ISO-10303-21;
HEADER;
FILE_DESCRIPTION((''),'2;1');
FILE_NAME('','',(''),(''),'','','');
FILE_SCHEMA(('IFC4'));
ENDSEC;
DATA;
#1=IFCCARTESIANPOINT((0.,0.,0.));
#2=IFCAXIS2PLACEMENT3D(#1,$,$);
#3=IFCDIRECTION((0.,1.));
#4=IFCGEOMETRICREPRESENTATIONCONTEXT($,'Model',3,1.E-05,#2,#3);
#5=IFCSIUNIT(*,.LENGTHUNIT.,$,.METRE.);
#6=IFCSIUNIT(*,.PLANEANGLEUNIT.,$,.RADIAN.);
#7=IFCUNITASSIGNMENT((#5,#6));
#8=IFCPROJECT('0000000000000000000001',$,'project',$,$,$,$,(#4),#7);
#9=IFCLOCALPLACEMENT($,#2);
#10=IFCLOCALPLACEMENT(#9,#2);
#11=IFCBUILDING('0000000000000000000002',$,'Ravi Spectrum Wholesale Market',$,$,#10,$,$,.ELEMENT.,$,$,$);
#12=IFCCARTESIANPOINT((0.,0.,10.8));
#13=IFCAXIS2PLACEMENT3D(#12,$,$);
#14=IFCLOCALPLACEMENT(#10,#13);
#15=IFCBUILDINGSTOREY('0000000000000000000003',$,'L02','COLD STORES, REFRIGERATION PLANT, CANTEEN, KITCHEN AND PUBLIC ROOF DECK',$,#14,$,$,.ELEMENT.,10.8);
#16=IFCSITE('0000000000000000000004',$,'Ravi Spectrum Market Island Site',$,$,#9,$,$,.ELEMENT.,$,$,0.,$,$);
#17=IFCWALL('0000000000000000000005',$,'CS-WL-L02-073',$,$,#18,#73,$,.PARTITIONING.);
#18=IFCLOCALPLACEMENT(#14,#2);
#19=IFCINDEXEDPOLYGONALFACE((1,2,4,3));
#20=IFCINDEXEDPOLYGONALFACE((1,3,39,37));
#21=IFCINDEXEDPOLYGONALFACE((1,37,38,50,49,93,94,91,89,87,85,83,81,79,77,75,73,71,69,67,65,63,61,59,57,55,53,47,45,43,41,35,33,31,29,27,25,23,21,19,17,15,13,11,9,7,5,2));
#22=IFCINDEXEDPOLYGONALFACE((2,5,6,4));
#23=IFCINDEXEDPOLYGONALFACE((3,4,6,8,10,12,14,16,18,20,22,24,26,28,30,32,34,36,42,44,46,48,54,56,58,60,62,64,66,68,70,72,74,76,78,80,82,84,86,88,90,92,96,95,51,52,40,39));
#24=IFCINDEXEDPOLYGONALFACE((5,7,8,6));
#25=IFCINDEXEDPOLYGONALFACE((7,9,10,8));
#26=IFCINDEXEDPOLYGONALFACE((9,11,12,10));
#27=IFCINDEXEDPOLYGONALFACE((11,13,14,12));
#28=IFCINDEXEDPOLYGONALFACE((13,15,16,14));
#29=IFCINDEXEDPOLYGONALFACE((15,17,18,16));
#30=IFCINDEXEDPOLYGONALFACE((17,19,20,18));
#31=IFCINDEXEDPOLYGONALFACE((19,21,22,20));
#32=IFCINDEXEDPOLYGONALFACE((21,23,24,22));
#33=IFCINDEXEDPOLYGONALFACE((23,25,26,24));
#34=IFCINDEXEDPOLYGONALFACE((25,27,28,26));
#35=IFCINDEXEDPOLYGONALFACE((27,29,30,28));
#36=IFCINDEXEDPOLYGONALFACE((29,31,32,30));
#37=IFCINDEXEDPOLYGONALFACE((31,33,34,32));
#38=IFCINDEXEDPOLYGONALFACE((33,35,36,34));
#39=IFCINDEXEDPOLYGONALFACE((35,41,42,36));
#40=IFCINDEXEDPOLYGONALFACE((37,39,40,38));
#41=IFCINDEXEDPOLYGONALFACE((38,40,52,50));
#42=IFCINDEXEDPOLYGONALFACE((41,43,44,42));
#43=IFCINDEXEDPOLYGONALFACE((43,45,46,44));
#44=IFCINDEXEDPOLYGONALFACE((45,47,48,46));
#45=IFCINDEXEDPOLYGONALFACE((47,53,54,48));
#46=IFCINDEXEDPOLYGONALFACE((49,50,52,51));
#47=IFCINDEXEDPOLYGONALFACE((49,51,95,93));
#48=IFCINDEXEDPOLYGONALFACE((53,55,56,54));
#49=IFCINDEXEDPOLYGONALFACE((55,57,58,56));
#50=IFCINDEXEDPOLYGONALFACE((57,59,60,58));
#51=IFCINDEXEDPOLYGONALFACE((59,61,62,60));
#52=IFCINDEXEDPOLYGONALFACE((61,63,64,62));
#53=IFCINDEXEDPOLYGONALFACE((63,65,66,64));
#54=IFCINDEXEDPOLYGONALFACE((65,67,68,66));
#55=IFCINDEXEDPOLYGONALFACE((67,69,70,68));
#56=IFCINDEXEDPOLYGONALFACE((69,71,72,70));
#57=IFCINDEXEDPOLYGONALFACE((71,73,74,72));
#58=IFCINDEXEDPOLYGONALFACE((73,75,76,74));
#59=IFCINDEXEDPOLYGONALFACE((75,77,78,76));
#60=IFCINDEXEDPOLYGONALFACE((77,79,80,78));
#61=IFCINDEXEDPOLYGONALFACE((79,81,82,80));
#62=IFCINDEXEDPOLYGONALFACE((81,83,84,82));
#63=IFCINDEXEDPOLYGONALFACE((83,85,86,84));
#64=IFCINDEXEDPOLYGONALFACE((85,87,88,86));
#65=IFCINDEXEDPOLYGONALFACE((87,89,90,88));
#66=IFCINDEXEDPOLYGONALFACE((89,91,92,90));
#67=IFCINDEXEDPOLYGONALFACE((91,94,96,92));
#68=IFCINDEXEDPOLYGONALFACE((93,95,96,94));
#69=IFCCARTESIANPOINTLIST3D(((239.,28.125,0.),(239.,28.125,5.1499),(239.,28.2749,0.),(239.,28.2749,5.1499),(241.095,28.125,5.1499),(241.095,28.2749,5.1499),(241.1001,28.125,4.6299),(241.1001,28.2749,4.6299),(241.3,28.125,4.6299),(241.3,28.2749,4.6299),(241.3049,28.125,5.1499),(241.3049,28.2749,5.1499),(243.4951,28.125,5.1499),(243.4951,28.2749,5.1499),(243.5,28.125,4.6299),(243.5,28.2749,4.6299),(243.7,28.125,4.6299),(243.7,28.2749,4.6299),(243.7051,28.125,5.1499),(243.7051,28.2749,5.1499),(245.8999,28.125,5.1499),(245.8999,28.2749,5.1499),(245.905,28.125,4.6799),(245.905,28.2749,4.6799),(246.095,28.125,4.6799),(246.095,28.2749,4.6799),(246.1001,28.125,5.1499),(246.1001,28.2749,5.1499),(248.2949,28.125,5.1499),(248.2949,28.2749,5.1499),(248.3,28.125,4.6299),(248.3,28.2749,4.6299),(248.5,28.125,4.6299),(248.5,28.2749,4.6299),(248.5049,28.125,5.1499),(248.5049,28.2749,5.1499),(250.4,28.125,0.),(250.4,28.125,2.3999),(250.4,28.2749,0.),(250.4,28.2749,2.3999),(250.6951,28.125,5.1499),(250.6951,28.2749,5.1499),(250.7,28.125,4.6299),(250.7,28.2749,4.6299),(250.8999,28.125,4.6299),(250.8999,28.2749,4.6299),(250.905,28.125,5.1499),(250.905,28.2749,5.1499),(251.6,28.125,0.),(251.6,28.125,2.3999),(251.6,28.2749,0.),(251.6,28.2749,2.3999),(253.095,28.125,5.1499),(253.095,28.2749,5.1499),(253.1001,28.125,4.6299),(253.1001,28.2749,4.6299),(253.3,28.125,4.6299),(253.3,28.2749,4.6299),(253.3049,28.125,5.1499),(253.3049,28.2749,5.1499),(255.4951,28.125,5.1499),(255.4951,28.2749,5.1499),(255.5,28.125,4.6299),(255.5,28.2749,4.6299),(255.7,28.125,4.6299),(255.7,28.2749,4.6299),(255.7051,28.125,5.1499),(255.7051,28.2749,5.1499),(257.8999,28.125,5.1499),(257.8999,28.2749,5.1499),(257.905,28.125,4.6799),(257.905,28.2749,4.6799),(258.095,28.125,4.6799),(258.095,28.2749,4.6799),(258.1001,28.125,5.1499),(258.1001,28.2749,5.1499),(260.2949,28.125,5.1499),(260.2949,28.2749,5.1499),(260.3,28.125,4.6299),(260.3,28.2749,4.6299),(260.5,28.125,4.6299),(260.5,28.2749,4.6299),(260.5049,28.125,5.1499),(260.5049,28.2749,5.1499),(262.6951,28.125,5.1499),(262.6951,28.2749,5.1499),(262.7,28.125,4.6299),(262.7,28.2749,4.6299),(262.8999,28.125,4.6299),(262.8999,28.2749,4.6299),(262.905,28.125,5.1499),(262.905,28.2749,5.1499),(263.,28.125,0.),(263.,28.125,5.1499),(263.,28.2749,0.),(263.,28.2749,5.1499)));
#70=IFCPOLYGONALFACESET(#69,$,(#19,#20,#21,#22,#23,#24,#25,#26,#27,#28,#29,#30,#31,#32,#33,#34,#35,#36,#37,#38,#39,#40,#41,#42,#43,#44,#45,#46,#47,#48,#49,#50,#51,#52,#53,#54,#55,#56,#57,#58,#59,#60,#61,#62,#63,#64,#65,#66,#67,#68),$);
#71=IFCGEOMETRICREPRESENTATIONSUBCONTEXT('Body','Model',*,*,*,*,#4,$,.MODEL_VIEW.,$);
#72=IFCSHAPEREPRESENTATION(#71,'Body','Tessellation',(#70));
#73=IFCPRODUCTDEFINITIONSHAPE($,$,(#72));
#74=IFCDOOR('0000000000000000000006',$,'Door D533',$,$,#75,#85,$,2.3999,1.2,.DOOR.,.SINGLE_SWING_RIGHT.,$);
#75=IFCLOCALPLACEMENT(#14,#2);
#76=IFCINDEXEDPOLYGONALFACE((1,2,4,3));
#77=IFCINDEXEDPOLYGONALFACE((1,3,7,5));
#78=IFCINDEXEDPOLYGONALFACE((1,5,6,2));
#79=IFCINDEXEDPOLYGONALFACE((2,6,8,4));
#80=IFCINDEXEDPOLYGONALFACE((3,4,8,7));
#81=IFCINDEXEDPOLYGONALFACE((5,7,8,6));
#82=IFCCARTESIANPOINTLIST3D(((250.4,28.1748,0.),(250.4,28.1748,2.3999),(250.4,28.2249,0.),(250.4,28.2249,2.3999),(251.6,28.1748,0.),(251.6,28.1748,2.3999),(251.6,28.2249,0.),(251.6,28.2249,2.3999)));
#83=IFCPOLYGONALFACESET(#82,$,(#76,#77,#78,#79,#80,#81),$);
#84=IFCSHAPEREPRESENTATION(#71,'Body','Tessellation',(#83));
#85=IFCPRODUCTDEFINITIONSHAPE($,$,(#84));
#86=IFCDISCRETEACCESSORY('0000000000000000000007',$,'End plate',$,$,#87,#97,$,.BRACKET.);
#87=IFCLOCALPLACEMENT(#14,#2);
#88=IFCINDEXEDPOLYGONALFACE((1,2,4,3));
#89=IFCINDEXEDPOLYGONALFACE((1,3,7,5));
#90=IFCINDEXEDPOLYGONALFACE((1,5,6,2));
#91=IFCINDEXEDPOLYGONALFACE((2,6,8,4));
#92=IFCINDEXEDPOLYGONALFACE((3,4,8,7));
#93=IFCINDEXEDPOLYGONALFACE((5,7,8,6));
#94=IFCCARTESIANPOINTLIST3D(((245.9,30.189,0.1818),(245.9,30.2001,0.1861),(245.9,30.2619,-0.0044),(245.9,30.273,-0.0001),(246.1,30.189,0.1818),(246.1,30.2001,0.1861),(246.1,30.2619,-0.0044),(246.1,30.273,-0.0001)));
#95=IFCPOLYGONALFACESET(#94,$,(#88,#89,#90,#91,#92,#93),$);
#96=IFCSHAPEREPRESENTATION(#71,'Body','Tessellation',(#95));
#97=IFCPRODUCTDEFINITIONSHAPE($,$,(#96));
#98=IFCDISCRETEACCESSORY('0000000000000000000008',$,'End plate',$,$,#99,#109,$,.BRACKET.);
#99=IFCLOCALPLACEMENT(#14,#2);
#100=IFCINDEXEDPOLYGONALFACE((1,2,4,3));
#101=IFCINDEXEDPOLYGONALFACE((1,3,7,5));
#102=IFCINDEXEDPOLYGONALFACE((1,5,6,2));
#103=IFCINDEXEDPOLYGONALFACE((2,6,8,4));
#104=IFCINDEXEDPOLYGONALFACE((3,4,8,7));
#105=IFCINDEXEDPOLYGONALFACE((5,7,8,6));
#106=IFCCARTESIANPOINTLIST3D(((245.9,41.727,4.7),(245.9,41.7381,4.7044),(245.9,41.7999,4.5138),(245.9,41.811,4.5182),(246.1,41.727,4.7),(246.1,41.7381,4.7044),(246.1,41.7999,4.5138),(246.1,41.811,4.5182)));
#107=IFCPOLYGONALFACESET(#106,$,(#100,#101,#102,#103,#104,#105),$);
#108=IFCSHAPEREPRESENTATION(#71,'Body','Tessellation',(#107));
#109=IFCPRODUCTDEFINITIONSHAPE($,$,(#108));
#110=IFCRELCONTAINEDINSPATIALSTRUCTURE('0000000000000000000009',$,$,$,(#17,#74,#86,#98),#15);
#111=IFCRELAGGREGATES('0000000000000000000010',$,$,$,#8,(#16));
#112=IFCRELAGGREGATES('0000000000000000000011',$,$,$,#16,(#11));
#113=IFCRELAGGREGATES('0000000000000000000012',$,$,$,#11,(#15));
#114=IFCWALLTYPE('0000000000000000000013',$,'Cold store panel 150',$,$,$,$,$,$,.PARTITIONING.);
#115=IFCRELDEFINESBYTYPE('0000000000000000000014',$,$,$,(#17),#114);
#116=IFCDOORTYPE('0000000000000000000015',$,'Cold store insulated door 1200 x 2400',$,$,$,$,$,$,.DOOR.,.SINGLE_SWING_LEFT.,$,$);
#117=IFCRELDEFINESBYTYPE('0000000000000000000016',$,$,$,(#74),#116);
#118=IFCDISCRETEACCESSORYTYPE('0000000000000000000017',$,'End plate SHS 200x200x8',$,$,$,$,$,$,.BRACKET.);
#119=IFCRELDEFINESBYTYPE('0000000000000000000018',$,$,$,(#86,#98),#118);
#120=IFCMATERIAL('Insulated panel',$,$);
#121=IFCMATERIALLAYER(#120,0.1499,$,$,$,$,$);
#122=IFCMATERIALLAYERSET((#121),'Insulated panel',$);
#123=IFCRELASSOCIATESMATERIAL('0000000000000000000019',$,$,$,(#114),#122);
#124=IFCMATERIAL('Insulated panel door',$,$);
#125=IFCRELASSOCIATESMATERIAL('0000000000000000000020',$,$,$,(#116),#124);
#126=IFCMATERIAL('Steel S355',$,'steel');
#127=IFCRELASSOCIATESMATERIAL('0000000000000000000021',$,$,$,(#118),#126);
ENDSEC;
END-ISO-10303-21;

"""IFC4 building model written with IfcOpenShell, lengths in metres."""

from ifc_helpers import new_model, si_unit, direction, frame, frame_2d, origin, origin_2d, place, context, subcontext, project, spatial, polyline, rectangle, outline, extrude, material, layer, layer_set, material_profile, profile_set, type_object, element, fill, save


model = new_model("IFC4")

# Units and contexts
model_context = context("Model", 3, precision=1e-05, world=origin(), true_north=direction((0.0, 1.0)))
body_context = subcontext(model_context, "Body", "Model", "MODEL_VIEW")
ifc_project = project(units=[si_unit("LENGTHUNIT", "METRE"), si_unit("PLANEANGLEUNIT", "RADIAN")], contexts=[model_context])

# Site, building, storey
site_placement = place(None, origin())
site = spatial("IfcSite", under=ifc_project, at=site_placement, Name="Ravi Spectrum Market Island Site", CompositionType="ELEMENT", RefElevation=0.0)
building_placement = place(site_placement, origin())
building = spatial("IfcBuilding", under=site, at=building_placement, Name="Ravi Spectrum Wholesale Market", CompositionType="ELEMENT")
storey_placement = place(building_placement, frame((0.0, 0.0, 10.8)))
storey = spatial("IfcBuildingStorey", under=building, at=storey_placement, Name="L02", Description="COLD STORES, REFRIGERATION PLANT, CANTEEN, KITCHEN AND PUBLIC ROOF DECK", CompositionType="ELEMENT", Elevation=10.8)

# Wall, opening, door
ifc_material_1 = material(Name="Insulated panel")
ifc_layer = layer(ifc_material_1, 0.1499)
ifc_layer_set = layer_set([ifc_layer], Name="Insulated panel")
wall_type = type_object("IfcWallType", Name="Cold store panel 150", PredefinedType="PARTITIONING", material=ifc_layer_set)
wall_placement = place(storey_placement, frame((239.0, 28.2, 0.0), z_axis=(0.0, 0.0, 1.0), x_axis=(1.0, 0.0, 0.0)))
wall = element("IfcWall", 1, at=wall_placement, inside=storey, type_object=wall_type, Name="CS-WL-L02-073", PredefinedType="PARTITIONING", context=body_context, shape_type="SweptSolid", body=[
    extrude(outline(polyline([(0.0, 0.0), (24.0, 0.0), (24.0, 5.1499), (23.905, 5.1499), (23.8999, 4.6299), (23.7, 4.6299), (23.6951, 5.1499), (21.5049, 5.1499), (21.5, 4.6299), (21.3, 4.6299), (21.2949, 5.1499), (19.1001, 5.1499), (19.095, 4.6799), (18.905, 4.6799), (18.8999, 5.1499), (16.7051, 5.1499), (16.7, 4.6299), (16.5, 4.6299), (16.4951, 5.1499), (14.3049, 5.1499), (14.3, 4.6299), (14.1001, 4.6299), (14.095, 5.1499), (11.905, 5.1499), (11.8999, 4.6299), (11.7, 4.6299), (11.6951, 5.1499), (9.5049, 5.1499), (9.5, 4.6299), (9.3, 4.6299), (9.2949, 5.1499), (7.1001, 5.1499), (7.095, 4.6799), (6.905, 4.6799), (6.8999, 5.1499), (4.7051, 5.1499), (4.7, 4.6299), (4.5, 4.6299), (4.4951, 5.1499), (2.3049, 5.1499), (2.3, 4.6299), (2.1001, 4.6299), (2.095, 5.1499), (0.0, 5.1499), (0.0, 0.0)])), frame((0.0, 0.075, 0.0), z_axis=(0.0, -1.0, 0.0), x_axis=(1.0, 0.0, 0.0)), (0.0, 0.0, 1.0), 0.1499),
])
opening_placement = place(wall_placement, frame((11.3999, 0.0, 0.0)))
opening = element("IfcOpeningElement", 2, at=opening_placement, cuts=wall, PredefinedType="OPENING", context=body_context, shape_type="SweptSolid", body=[
    extrude(rectangle(XDim=1.2, YDim=2.3999, at=frame_2d((0.6001, 1.2))), frame((0.0, 0.085, 0.0), z_axis=(0.0, -1.0, 0.0), x_axis=(1.0, 0.0, 0.0)), (0.0, 0.0, 1.0), 0.1699),
])
ifc_material_2 = material(Name="Insulated panel door")
door_type = type_object("IfcDoorType", Name="Cold store insulated door 1200 x 2400", OperationType="SINGLE_SWING_LEFT", PredefinedType="DOOR", material=ifc_material_2)
door_placement = place(opening_placement, origin())
door = element("IfcDoor", 3, at=door_placement, inside=storey, type_object=door_type, Name="Door D533", OperationType="SINGLE_SWING_RIGHT", OverallHeight=2.3999, OverallWidth=1.2, PredefinedType="DOOR", context=body_context, shape_type="SweptSolid", body=[
    extrude(rectangle(XDim=1.2, YDim=2.3999, at=frame_2d((0.6001, 1.2))), frame((0.0, 0.0249, 0.0), z_axis=(0.0, -1.0, 0.0), x_axis=(1.0, 0.0, 0.0)), (0.0, 0.0, 1.0), 0.05),
])
fill(opening, door)

# Discrete accessories
ifc_material_3 = material(Name="Steel S355", Category="steel")
ifc_material_profile_1 = material_profile(ifc_material_3, rectangle(XDim=0.2, YDim=0.2, at=origin_2d()))
ifc_profile_set_1 = profile_set([ifc_material_profile_1], Name="Steel S355")
discrete_accessory_type = type_object("IfcDiscreteAccessoryType", Name="End plate SHS 200x200x8", PredefinedType="BRACKET", material=ifc_profile_set_1)
for number, where, z_axis, x_axis, name in (
    (4, (246.0, 30.2366, 0.093), (0.0, -0.931243, -0.364399), (1.0, 0.0, 0.0), "End plate"),
    (5, (246.0, 41.7634, 4.6069), (0.0, 0.931243, 0.364399), (-1.0, 0.0, 0.0), "End plate"),
):
    element("IfcDiscreteAccessory", number, at=place(storey_placement, frame(where, z_axis=z_axis, x_axis=x_axis)), inside=storey, type_object=discrete_accessory_type, Name=name, PredefinedType="BRACKET", context=body_context, shape_type="SweptSolid", body=[
        extrude(rectangle(XDim=0.2, YDim=0.2, at=origin_2d()), origin(), (0.0, 0.0, 1.0), 0.012),
    ])

save(model, "model.ifc")
